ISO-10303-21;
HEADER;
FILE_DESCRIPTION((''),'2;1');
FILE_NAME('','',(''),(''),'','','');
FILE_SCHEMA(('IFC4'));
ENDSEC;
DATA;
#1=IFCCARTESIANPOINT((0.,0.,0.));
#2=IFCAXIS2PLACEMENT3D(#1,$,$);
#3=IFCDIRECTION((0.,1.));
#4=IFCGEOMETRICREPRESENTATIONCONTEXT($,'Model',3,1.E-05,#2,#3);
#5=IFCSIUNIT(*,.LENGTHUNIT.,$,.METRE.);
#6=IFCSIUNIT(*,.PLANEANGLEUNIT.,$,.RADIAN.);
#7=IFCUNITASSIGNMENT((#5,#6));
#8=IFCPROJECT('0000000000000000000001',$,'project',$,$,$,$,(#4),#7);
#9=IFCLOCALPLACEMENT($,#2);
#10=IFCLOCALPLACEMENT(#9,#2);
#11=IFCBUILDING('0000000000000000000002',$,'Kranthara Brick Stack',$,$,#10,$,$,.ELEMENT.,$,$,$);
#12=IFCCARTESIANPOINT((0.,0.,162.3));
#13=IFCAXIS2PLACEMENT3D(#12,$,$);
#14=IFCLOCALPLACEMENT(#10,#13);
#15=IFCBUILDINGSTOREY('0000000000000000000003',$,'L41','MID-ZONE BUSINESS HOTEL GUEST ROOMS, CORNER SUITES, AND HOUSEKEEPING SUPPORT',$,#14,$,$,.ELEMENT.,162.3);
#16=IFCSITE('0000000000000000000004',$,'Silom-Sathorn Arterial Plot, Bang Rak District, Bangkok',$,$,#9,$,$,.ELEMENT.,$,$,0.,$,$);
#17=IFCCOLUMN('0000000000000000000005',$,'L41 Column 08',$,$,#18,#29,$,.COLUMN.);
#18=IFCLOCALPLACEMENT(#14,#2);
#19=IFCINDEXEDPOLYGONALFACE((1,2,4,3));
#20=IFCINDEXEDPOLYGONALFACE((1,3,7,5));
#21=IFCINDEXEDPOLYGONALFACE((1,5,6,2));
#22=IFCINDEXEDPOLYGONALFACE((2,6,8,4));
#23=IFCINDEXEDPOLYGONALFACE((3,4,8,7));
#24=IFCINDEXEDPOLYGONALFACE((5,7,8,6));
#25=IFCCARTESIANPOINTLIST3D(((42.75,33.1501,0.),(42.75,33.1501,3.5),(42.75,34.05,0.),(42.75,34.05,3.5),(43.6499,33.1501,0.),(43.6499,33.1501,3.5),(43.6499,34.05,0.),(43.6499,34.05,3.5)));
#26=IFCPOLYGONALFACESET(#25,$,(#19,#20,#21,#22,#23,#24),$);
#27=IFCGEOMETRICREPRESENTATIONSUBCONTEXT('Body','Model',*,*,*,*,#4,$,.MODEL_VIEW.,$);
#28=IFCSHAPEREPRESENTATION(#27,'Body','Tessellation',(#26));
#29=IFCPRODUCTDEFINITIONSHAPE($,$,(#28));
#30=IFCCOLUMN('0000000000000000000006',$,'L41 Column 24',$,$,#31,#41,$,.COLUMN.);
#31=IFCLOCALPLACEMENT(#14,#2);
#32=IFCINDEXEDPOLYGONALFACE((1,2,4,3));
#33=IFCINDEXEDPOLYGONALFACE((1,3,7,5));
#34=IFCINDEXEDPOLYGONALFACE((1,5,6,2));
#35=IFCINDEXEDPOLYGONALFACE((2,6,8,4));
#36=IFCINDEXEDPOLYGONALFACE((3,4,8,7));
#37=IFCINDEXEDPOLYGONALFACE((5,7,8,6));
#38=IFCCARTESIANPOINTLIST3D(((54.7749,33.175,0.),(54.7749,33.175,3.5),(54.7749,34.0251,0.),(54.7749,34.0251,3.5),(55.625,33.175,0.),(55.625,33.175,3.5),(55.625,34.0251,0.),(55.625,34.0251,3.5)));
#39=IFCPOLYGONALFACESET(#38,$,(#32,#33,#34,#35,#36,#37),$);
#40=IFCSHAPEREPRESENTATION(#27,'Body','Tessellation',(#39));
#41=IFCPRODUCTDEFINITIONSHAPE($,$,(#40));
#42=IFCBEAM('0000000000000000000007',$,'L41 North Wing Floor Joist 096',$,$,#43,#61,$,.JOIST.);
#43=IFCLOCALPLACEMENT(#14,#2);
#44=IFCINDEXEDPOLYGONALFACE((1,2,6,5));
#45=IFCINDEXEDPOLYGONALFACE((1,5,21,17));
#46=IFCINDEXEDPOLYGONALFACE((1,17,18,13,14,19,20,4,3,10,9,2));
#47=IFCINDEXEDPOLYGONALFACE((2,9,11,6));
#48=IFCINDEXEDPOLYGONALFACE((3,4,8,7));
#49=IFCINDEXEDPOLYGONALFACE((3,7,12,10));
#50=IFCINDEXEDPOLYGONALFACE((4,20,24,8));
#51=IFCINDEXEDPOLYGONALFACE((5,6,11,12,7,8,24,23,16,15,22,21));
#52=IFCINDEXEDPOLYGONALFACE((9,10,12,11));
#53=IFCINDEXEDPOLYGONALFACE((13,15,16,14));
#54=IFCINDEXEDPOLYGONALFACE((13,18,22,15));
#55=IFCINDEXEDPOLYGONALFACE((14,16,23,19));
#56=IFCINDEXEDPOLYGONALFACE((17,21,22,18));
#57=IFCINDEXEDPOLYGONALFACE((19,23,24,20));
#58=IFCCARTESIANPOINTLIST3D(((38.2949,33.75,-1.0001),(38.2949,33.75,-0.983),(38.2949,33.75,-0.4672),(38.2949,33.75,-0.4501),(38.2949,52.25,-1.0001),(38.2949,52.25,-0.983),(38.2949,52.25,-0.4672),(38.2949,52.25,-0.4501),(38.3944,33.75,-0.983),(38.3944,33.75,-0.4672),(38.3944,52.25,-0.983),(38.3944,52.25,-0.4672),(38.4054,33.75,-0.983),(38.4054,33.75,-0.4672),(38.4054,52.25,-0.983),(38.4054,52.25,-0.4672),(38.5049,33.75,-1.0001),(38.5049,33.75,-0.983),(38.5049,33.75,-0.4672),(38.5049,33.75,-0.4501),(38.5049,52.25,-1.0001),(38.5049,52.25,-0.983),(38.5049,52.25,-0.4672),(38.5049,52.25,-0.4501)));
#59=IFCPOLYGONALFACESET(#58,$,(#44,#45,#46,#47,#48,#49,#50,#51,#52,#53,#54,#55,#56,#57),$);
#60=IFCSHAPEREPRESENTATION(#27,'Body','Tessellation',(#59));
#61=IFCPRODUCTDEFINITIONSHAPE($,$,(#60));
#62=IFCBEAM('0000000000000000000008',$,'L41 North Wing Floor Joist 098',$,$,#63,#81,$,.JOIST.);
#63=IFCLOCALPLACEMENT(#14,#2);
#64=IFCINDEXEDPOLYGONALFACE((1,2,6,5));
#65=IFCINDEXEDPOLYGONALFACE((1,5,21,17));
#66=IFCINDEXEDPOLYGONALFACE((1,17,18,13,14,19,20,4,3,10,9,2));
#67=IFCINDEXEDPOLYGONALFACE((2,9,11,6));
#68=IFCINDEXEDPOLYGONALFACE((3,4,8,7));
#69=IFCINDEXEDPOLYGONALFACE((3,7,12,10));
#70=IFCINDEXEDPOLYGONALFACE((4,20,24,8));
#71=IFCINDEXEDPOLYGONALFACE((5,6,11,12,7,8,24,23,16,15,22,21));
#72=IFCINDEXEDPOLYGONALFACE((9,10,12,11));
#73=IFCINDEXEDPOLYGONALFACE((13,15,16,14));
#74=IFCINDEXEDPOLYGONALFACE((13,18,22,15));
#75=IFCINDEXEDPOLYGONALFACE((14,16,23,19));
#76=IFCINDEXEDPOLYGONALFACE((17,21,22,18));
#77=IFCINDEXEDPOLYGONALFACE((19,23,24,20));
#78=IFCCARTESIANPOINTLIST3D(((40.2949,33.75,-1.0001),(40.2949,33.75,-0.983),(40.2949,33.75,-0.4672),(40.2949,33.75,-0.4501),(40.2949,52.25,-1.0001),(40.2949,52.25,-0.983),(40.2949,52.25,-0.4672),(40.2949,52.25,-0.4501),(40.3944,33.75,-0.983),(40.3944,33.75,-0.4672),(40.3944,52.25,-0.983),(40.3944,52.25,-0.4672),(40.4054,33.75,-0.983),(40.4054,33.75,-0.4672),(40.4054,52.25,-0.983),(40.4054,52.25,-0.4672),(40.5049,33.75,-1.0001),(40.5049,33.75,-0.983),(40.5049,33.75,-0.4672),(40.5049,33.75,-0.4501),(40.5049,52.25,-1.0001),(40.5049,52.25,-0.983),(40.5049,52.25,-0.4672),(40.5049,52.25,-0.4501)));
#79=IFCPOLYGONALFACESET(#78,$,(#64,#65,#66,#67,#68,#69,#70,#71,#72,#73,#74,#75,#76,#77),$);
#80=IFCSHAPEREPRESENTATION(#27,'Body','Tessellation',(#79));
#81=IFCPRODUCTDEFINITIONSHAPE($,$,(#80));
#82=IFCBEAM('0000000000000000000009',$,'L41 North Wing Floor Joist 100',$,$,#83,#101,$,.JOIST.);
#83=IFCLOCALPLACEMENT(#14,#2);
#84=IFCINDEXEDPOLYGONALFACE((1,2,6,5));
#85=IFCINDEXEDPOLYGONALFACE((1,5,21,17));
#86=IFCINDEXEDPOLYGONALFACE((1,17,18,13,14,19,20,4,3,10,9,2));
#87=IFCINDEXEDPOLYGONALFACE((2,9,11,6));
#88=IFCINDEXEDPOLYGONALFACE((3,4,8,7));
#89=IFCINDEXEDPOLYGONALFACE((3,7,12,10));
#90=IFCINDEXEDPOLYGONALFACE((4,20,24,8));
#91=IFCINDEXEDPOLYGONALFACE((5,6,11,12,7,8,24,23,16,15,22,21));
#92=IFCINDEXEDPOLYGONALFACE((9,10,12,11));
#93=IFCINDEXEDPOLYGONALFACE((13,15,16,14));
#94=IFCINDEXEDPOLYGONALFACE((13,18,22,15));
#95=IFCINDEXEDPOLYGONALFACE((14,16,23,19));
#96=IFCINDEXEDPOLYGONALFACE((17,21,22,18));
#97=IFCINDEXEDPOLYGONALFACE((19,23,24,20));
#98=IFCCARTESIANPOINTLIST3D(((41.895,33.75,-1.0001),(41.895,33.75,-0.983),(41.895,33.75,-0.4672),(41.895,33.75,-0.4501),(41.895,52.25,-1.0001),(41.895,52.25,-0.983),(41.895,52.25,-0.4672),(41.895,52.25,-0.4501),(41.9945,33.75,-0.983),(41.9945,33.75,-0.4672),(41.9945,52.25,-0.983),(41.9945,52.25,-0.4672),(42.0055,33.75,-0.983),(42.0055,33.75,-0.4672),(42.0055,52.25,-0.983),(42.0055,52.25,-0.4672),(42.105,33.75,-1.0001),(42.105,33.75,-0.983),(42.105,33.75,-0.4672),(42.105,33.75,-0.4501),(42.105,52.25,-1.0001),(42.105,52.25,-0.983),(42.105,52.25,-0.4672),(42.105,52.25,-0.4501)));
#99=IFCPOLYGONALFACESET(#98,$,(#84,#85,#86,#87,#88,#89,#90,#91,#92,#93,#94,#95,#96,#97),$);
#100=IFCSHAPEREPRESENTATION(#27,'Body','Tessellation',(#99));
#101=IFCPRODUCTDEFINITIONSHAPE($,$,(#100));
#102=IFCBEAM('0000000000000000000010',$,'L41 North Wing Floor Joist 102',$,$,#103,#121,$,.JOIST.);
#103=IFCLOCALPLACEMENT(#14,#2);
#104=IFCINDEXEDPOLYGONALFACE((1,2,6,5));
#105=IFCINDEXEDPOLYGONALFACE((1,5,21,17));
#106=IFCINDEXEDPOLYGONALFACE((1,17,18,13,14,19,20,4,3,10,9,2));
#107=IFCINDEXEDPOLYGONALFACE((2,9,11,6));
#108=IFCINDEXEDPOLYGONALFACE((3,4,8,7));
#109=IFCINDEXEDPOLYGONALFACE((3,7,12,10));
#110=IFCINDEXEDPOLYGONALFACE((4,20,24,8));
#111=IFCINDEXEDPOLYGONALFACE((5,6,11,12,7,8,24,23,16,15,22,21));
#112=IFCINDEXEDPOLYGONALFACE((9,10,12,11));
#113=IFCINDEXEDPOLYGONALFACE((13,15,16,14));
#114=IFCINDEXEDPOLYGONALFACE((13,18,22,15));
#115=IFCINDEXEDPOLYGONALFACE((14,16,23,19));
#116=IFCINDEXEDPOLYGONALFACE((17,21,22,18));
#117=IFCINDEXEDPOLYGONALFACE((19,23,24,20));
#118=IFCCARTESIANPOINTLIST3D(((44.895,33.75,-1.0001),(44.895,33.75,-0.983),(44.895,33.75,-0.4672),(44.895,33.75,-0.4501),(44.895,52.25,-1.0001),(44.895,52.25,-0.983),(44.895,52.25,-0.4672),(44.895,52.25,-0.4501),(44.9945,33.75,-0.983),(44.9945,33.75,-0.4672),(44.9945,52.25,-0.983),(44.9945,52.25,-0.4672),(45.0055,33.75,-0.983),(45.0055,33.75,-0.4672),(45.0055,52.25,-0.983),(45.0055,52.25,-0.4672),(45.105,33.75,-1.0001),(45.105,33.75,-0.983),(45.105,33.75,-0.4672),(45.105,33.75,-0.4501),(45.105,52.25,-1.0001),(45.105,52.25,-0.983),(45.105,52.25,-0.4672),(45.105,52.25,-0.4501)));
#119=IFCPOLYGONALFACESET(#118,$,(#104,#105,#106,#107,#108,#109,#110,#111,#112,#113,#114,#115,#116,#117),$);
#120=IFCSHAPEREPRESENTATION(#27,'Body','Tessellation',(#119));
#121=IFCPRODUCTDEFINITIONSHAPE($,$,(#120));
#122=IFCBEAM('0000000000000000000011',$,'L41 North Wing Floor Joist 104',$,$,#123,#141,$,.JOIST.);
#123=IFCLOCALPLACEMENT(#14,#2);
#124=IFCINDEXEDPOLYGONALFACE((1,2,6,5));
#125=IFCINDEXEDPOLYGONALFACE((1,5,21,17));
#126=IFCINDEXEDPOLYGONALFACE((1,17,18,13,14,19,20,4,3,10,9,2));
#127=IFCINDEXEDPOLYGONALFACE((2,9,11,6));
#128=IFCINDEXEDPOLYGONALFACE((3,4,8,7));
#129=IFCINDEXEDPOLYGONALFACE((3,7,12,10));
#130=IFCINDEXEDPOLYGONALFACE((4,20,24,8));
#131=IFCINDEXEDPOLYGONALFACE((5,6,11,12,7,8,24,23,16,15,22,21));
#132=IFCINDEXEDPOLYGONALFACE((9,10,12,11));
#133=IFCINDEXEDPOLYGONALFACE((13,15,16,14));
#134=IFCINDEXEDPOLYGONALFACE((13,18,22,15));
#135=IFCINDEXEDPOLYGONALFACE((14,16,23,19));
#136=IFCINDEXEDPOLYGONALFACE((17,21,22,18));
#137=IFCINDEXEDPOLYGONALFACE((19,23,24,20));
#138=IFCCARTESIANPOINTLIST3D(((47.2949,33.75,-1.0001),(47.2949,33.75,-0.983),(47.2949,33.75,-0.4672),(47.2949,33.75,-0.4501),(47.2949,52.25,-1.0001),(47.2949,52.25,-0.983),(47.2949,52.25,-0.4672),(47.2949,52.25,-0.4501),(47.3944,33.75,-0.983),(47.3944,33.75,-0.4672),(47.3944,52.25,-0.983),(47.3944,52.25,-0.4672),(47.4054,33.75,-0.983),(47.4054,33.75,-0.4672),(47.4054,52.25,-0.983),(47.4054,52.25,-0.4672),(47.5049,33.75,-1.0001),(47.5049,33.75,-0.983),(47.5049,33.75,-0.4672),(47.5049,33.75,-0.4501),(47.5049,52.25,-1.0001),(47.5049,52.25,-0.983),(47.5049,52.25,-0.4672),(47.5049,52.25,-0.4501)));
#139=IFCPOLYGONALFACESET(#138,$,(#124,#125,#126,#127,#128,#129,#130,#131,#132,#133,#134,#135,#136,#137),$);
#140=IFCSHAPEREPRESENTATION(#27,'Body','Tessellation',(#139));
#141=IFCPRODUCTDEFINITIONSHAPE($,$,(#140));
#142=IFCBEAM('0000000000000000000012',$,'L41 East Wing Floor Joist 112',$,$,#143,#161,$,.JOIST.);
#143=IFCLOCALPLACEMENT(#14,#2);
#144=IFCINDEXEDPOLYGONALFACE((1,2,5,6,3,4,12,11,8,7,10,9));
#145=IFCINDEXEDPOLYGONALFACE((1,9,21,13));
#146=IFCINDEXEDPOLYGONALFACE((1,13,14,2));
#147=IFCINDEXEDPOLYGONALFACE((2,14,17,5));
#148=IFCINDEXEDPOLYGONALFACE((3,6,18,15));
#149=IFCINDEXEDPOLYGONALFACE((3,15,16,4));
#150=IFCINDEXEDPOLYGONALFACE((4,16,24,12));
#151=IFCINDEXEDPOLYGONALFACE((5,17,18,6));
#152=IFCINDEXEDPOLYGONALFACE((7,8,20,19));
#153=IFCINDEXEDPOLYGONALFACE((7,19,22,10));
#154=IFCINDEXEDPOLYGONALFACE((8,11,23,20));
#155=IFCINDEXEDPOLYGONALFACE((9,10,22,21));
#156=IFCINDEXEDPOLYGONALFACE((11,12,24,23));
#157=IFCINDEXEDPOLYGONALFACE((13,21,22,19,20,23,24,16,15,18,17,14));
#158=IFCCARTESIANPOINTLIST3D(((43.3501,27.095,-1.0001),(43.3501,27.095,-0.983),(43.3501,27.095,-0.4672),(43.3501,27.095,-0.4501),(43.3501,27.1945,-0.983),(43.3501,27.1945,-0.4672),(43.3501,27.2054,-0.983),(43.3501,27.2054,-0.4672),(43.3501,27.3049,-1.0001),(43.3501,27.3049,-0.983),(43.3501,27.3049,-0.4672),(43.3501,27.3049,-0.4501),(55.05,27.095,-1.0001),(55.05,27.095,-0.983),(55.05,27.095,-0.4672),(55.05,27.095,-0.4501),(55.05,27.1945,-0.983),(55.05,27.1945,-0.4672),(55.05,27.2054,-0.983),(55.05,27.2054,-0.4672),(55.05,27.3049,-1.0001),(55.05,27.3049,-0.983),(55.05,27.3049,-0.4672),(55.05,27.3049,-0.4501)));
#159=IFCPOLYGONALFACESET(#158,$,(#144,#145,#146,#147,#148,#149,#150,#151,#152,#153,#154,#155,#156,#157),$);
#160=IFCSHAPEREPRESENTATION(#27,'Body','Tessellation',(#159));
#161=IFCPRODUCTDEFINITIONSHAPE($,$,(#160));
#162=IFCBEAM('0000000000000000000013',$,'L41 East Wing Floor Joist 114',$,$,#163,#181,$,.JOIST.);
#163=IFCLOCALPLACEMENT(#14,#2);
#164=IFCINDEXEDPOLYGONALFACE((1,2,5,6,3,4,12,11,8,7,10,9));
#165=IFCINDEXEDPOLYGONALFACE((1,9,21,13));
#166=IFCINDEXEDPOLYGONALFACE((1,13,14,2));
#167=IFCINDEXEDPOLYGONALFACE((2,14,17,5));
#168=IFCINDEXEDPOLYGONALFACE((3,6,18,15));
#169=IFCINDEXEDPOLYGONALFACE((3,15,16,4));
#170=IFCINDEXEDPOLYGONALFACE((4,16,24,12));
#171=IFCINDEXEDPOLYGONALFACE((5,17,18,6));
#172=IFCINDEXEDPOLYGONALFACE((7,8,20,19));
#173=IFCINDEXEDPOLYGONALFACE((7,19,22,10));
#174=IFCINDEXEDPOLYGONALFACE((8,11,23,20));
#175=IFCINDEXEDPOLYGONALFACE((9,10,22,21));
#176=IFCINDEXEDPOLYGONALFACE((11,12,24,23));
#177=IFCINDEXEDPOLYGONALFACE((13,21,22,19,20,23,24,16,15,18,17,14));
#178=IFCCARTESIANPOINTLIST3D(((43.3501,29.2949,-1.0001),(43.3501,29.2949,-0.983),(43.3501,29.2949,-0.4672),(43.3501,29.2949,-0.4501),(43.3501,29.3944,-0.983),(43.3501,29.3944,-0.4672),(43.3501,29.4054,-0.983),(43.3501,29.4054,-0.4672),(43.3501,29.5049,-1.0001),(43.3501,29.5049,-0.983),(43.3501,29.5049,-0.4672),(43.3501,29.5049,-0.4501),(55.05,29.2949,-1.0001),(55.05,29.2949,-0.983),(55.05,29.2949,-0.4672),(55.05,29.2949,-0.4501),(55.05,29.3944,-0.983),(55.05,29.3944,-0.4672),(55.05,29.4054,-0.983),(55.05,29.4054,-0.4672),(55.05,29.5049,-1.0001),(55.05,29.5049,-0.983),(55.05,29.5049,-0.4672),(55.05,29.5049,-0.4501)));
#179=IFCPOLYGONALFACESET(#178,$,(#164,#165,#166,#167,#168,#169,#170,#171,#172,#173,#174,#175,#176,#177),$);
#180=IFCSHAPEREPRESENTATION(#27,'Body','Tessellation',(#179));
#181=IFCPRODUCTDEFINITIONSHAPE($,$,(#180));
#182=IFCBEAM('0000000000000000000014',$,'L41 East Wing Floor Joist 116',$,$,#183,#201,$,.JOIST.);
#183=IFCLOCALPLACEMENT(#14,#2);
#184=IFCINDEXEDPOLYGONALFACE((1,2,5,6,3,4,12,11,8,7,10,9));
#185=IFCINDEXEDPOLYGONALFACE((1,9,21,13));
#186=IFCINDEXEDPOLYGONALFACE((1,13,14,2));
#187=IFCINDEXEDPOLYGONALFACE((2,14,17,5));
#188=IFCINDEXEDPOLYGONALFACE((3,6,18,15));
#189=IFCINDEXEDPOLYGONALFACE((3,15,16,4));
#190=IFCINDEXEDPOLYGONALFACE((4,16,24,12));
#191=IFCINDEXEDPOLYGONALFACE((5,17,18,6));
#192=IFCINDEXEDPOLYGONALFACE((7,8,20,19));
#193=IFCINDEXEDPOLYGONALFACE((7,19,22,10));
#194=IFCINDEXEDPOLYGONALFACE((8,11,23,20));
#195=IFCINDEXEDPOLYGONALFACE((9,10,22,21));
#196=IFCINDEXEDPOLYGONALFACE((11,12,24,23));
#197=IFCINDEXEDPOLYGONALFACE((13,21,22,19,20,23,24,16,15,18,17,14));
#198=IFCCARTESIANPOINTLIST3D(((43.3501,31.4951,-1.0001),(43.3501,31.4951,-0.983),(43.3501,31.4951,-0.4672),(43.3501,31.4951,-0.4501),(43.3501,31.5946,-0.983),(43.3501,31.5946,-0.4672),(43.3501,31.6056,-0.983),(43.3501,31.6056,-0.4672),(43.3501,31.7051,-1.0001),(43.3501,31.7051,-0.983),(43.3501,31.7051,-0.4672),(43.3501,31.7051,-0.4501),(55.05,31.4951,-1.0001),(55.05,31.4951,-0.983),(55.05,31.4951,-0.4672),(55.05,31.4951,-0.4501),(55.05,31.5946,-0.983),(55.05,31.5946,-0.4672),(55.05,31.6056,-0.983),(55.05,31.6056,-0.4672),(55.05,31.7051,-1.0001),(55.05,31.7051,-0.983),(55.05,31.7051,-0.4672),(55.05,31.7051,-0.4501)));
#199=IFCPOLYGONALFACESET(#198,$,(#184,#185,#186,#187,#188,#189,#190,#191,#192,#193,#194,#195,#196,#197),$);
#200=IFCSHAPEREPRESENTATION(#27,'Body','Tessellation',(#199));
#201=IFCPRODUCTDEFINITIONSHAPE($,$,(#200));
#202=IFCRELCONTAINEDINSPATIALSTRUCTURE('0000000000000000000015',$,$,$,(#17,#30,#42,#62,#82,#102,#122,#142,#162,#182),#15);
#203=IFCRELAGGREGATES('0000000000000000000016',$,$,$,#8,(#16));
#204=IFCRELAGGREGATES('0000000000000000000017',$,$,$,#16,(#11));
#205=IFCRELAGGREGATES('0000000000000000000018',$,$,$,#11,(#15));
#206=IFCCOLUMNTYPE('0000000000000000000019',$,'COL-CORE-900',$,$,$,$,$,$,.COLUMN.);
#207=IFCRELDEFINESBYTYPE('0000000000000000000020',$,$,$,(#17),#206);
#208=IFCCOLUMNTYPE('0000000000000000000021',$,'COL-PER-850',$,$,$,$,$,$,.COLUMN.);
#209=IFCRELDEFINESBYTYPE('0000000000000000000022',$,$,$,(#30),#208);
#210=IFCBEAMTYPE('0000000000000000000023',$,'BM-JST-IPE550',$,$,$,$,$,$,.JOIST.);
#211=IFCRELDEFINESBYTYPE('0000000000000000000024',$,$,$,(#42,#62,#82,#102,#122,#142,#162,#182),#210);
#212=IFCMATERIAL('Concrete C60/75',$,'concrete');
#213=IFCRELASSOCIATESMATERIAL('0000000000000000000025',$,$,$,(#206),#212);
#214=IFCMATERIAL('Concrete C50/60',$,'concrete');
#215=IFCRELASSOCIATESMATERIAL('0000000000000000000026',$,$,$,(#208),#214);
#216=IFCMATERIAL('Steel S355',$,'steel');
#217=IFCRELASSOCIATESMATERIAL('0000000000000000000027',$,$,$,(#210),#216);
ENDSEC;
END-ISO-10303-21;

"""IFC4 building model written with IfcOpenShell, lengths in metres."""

from ifc_helpers import new_model, si_unit, direction, frame, origin, origin_2d, place, context, subcontext, project, spatial, rectangle, i_section, extrude, material, material_profile, profile_set, type_object, element, save


model = new_model("IFC4")

# Units and contexts
model_context = context("Model", 3, precision=1e-05, world=origin(), true_north=direction((0.0, 1.0)))
body_context = subcontext(model_context, "Body", "Model", "MODEL_VIEW")
ifc_project = project(units=[si_unit("LENGTHUNIT", "METRE"), si_unit("PLANEANGLEUNIT", "RADIAN")], contexts=[model_context])

# Site, building, storey
site_placement = place(None, origin())
site = spatial("IfcSite", under=ifc_project, at=site_placement, Name="Silom-Sathorn Arterial Plot, Bang Rak District, Bangkok", CompositionType="ELEMENT", RefElevation=0.0)
building_placement = place(site_placement, origin())
building = spatial("IfcBuilding", under=site, at=building_placement, Name="Kranthara Brick Stack", CompositionType="ELEMENT")
storey_placement = place(building_placement, frame((0.0, 0.0, 162.3)))
storey = spatial("IfcBuildingStorey", under=building, at=storey_placement, Name="L41", Description="MID-ZONE BUSINESS HOTEL GUEST ROOMS, CORNER SUITES, AND HOUSEKEEPING SUPPORT", CompositionType="ELEMENT", Elevation=162.3)

# Columns
ifc_material_1 = material(Name="Concrete C60/75", Category="concrete")
ifc_material_profile_1 = material_profile(ifc_material_1, rectangle(XDim=0.8999, YDim=0.8999, at=origin_2d()), Name="RC 900x900")
ifc_profile_set_1 = profile_set([ifc_material_profile_1], Name="Concrete C60/75")
column_type_1 = type_object("IfcColumnType", Name="COL-CORE-900", PredefinedType="COLUMN", material=ifc_profile_set_1)
column_1_placement = place(storey_placement, frame((43.2, 33.6001, 0.0), z_axis=(0.0, 0.0, 1.0), x_axis=(1.0, 0.0, 0.0)))
element("IfcColumn", 1, at=column_1_placement, inside=storey, type_object=column_type_1, Name="L41 Column 08", PredefinedType="COLUMN", context=body_context, shape_type="SweptSolid", body=[
    extrude(rectangle(XDim=0.8999, YDim=0.8999, at=origin_2d()), origin(), (0.0, 0.0, 1.0), 3.5),
])
ifc_material_2 = material(Name="Concrete C50/60", Category="concrete")
ifc_material_profile_2 = material_profile(ifc_material_2, rectangle(XDim=0.8501, YDim=0.8501, at=origin_2d()), Name="RC 850x850")
ifc_profile_set_2 = profile_set([ifc_material_profile_2], Name="Concrete C50/60")
column_type_2 = type_object("IfcColumnType", Name="COL-PER-850", PredefinedType="COLUMN", material=ifc_profile_set_2)
column_2_placement = place(storey_placement, frame((55.2, 33.6001, 0.0), z_axis=(0.0, 0.0, 1.0), x_axis=(1.0, 0.0, 0.0)))
element("IfcColumn", 2, at=column_2_placement, inside=storey, type_object=column_type_2, Name="L41 Column 24", PredefinedType="COLUMN", context=body_context, shape_type="SweptSolid", body=[
    extrude(rectangle(XDim=0.8501, YDim=0.8501, at=origin_2d()), origin(), (0.0, 0.0, 1.0), 3.5),
])

# Beams
ifc_material_3 = material(Name="Steel S355", Category="steel")
ifc_material_profile_3 = material_profile(ifc_material_3, i_section(OverallWidth=0.21, OverallDepth=0.55, WebThickness=0.011, FlangeThickness=0.0171, at=origin_2d()), Name="IPE 550")
ifc_profile_set_3 = profile_set([ifc_material_profile_3], Name="Steel S355")
beam_type_1 = type_object("IfcBeamType", Name="BM-JST-IPE550", PredefinedType="JOIST", material=ifc_profile_set_3)
for number, where, z_axis, x_axis, name in (
    (3, (38.3999, 33.75, -0.7251), (0.0, 1.0, 0.0), (-1.0, 0.0, 0.0), "L41 North Wing Floor Joist 096"),
    (4, (40.3999, 33.75, -0.7251), (0.0, 1.0, 0.0), (-1.0, 0.0, 0.0), "L41 North Wing Floor Joist 098"),
    (5, (42.0, 33.75, -0.7251), (0.0, 1.0, 0.0), (-1.0, 0.0, 0.0), "L41 North Wing Floor Joist 100"),
    (6, (45.0, 33.75, -0.7251), (0.0, 1.0, 0.0), (-1.0, 0.0, 0.0), "L41 North Wing Floor Joist 102"),
    (7, (47.3999, 33.75, -0.7251), (0.0, 1.0, 0.0), (-1.0, 0.0, 0.0), "L41 North Wing Floor Joist 104"),
):
    element("IfcBeam", number, at=place(storey_placement, frame(where, z_axis=z_axis, x_axis=x_axis)), inside=storey, type_object=beam_type_1, Name=name, PredefinedType="JOIST", context=body_context, shape_type="SweptSolid", body=[
        extrude(i_section(OverallWidth=0.21, OverallDepth=0.55, WebThickness=0.011, FlangeThickness=0.0171, at=origin_2d()), origin(), (0.0, 0.0, 1.0), 18.5),
    ])
for number, where, z_axis, x_axis, name in (
    (8, (43.3501, 27.2, -0.7251), (1.0, 0.0, 0.0), (0.0, 1.0, 0.0), "L41 East Wing Floor Joist 112"),
    (9, (43.3501, 29.3999, -0.7251), (1.0, 0.0, 0.0), (0.0, 1.0, 0.0), "L41 East Wing Floor Joist 114"),
    (10, (43.3501, 31.6001, -0.7251), (1.0, 0.0, 0.0), (0.0, 1.0, 0.0), "L41 East Wing Floor Joist 116"),
):
    element("IfcBeam", number, at=place(storey_placement, frame(where, z_axis=z_axis, x_axis=x_axis)), inside=storey, type_object=beam_type_1, Name=name, PredefinedType="JOIST", context=body_context, shape_type="SweptSolid", body=[
        extrude(i_section(OverallWidth=0.21, OverallDepth=0.55, WebThickness=0.011, FlangeThickness=0.0171, at=origin_2d()), origin(), (0.0, 0.0, 1.0), 11.7),
    ])

save(model, "model.ifc")
